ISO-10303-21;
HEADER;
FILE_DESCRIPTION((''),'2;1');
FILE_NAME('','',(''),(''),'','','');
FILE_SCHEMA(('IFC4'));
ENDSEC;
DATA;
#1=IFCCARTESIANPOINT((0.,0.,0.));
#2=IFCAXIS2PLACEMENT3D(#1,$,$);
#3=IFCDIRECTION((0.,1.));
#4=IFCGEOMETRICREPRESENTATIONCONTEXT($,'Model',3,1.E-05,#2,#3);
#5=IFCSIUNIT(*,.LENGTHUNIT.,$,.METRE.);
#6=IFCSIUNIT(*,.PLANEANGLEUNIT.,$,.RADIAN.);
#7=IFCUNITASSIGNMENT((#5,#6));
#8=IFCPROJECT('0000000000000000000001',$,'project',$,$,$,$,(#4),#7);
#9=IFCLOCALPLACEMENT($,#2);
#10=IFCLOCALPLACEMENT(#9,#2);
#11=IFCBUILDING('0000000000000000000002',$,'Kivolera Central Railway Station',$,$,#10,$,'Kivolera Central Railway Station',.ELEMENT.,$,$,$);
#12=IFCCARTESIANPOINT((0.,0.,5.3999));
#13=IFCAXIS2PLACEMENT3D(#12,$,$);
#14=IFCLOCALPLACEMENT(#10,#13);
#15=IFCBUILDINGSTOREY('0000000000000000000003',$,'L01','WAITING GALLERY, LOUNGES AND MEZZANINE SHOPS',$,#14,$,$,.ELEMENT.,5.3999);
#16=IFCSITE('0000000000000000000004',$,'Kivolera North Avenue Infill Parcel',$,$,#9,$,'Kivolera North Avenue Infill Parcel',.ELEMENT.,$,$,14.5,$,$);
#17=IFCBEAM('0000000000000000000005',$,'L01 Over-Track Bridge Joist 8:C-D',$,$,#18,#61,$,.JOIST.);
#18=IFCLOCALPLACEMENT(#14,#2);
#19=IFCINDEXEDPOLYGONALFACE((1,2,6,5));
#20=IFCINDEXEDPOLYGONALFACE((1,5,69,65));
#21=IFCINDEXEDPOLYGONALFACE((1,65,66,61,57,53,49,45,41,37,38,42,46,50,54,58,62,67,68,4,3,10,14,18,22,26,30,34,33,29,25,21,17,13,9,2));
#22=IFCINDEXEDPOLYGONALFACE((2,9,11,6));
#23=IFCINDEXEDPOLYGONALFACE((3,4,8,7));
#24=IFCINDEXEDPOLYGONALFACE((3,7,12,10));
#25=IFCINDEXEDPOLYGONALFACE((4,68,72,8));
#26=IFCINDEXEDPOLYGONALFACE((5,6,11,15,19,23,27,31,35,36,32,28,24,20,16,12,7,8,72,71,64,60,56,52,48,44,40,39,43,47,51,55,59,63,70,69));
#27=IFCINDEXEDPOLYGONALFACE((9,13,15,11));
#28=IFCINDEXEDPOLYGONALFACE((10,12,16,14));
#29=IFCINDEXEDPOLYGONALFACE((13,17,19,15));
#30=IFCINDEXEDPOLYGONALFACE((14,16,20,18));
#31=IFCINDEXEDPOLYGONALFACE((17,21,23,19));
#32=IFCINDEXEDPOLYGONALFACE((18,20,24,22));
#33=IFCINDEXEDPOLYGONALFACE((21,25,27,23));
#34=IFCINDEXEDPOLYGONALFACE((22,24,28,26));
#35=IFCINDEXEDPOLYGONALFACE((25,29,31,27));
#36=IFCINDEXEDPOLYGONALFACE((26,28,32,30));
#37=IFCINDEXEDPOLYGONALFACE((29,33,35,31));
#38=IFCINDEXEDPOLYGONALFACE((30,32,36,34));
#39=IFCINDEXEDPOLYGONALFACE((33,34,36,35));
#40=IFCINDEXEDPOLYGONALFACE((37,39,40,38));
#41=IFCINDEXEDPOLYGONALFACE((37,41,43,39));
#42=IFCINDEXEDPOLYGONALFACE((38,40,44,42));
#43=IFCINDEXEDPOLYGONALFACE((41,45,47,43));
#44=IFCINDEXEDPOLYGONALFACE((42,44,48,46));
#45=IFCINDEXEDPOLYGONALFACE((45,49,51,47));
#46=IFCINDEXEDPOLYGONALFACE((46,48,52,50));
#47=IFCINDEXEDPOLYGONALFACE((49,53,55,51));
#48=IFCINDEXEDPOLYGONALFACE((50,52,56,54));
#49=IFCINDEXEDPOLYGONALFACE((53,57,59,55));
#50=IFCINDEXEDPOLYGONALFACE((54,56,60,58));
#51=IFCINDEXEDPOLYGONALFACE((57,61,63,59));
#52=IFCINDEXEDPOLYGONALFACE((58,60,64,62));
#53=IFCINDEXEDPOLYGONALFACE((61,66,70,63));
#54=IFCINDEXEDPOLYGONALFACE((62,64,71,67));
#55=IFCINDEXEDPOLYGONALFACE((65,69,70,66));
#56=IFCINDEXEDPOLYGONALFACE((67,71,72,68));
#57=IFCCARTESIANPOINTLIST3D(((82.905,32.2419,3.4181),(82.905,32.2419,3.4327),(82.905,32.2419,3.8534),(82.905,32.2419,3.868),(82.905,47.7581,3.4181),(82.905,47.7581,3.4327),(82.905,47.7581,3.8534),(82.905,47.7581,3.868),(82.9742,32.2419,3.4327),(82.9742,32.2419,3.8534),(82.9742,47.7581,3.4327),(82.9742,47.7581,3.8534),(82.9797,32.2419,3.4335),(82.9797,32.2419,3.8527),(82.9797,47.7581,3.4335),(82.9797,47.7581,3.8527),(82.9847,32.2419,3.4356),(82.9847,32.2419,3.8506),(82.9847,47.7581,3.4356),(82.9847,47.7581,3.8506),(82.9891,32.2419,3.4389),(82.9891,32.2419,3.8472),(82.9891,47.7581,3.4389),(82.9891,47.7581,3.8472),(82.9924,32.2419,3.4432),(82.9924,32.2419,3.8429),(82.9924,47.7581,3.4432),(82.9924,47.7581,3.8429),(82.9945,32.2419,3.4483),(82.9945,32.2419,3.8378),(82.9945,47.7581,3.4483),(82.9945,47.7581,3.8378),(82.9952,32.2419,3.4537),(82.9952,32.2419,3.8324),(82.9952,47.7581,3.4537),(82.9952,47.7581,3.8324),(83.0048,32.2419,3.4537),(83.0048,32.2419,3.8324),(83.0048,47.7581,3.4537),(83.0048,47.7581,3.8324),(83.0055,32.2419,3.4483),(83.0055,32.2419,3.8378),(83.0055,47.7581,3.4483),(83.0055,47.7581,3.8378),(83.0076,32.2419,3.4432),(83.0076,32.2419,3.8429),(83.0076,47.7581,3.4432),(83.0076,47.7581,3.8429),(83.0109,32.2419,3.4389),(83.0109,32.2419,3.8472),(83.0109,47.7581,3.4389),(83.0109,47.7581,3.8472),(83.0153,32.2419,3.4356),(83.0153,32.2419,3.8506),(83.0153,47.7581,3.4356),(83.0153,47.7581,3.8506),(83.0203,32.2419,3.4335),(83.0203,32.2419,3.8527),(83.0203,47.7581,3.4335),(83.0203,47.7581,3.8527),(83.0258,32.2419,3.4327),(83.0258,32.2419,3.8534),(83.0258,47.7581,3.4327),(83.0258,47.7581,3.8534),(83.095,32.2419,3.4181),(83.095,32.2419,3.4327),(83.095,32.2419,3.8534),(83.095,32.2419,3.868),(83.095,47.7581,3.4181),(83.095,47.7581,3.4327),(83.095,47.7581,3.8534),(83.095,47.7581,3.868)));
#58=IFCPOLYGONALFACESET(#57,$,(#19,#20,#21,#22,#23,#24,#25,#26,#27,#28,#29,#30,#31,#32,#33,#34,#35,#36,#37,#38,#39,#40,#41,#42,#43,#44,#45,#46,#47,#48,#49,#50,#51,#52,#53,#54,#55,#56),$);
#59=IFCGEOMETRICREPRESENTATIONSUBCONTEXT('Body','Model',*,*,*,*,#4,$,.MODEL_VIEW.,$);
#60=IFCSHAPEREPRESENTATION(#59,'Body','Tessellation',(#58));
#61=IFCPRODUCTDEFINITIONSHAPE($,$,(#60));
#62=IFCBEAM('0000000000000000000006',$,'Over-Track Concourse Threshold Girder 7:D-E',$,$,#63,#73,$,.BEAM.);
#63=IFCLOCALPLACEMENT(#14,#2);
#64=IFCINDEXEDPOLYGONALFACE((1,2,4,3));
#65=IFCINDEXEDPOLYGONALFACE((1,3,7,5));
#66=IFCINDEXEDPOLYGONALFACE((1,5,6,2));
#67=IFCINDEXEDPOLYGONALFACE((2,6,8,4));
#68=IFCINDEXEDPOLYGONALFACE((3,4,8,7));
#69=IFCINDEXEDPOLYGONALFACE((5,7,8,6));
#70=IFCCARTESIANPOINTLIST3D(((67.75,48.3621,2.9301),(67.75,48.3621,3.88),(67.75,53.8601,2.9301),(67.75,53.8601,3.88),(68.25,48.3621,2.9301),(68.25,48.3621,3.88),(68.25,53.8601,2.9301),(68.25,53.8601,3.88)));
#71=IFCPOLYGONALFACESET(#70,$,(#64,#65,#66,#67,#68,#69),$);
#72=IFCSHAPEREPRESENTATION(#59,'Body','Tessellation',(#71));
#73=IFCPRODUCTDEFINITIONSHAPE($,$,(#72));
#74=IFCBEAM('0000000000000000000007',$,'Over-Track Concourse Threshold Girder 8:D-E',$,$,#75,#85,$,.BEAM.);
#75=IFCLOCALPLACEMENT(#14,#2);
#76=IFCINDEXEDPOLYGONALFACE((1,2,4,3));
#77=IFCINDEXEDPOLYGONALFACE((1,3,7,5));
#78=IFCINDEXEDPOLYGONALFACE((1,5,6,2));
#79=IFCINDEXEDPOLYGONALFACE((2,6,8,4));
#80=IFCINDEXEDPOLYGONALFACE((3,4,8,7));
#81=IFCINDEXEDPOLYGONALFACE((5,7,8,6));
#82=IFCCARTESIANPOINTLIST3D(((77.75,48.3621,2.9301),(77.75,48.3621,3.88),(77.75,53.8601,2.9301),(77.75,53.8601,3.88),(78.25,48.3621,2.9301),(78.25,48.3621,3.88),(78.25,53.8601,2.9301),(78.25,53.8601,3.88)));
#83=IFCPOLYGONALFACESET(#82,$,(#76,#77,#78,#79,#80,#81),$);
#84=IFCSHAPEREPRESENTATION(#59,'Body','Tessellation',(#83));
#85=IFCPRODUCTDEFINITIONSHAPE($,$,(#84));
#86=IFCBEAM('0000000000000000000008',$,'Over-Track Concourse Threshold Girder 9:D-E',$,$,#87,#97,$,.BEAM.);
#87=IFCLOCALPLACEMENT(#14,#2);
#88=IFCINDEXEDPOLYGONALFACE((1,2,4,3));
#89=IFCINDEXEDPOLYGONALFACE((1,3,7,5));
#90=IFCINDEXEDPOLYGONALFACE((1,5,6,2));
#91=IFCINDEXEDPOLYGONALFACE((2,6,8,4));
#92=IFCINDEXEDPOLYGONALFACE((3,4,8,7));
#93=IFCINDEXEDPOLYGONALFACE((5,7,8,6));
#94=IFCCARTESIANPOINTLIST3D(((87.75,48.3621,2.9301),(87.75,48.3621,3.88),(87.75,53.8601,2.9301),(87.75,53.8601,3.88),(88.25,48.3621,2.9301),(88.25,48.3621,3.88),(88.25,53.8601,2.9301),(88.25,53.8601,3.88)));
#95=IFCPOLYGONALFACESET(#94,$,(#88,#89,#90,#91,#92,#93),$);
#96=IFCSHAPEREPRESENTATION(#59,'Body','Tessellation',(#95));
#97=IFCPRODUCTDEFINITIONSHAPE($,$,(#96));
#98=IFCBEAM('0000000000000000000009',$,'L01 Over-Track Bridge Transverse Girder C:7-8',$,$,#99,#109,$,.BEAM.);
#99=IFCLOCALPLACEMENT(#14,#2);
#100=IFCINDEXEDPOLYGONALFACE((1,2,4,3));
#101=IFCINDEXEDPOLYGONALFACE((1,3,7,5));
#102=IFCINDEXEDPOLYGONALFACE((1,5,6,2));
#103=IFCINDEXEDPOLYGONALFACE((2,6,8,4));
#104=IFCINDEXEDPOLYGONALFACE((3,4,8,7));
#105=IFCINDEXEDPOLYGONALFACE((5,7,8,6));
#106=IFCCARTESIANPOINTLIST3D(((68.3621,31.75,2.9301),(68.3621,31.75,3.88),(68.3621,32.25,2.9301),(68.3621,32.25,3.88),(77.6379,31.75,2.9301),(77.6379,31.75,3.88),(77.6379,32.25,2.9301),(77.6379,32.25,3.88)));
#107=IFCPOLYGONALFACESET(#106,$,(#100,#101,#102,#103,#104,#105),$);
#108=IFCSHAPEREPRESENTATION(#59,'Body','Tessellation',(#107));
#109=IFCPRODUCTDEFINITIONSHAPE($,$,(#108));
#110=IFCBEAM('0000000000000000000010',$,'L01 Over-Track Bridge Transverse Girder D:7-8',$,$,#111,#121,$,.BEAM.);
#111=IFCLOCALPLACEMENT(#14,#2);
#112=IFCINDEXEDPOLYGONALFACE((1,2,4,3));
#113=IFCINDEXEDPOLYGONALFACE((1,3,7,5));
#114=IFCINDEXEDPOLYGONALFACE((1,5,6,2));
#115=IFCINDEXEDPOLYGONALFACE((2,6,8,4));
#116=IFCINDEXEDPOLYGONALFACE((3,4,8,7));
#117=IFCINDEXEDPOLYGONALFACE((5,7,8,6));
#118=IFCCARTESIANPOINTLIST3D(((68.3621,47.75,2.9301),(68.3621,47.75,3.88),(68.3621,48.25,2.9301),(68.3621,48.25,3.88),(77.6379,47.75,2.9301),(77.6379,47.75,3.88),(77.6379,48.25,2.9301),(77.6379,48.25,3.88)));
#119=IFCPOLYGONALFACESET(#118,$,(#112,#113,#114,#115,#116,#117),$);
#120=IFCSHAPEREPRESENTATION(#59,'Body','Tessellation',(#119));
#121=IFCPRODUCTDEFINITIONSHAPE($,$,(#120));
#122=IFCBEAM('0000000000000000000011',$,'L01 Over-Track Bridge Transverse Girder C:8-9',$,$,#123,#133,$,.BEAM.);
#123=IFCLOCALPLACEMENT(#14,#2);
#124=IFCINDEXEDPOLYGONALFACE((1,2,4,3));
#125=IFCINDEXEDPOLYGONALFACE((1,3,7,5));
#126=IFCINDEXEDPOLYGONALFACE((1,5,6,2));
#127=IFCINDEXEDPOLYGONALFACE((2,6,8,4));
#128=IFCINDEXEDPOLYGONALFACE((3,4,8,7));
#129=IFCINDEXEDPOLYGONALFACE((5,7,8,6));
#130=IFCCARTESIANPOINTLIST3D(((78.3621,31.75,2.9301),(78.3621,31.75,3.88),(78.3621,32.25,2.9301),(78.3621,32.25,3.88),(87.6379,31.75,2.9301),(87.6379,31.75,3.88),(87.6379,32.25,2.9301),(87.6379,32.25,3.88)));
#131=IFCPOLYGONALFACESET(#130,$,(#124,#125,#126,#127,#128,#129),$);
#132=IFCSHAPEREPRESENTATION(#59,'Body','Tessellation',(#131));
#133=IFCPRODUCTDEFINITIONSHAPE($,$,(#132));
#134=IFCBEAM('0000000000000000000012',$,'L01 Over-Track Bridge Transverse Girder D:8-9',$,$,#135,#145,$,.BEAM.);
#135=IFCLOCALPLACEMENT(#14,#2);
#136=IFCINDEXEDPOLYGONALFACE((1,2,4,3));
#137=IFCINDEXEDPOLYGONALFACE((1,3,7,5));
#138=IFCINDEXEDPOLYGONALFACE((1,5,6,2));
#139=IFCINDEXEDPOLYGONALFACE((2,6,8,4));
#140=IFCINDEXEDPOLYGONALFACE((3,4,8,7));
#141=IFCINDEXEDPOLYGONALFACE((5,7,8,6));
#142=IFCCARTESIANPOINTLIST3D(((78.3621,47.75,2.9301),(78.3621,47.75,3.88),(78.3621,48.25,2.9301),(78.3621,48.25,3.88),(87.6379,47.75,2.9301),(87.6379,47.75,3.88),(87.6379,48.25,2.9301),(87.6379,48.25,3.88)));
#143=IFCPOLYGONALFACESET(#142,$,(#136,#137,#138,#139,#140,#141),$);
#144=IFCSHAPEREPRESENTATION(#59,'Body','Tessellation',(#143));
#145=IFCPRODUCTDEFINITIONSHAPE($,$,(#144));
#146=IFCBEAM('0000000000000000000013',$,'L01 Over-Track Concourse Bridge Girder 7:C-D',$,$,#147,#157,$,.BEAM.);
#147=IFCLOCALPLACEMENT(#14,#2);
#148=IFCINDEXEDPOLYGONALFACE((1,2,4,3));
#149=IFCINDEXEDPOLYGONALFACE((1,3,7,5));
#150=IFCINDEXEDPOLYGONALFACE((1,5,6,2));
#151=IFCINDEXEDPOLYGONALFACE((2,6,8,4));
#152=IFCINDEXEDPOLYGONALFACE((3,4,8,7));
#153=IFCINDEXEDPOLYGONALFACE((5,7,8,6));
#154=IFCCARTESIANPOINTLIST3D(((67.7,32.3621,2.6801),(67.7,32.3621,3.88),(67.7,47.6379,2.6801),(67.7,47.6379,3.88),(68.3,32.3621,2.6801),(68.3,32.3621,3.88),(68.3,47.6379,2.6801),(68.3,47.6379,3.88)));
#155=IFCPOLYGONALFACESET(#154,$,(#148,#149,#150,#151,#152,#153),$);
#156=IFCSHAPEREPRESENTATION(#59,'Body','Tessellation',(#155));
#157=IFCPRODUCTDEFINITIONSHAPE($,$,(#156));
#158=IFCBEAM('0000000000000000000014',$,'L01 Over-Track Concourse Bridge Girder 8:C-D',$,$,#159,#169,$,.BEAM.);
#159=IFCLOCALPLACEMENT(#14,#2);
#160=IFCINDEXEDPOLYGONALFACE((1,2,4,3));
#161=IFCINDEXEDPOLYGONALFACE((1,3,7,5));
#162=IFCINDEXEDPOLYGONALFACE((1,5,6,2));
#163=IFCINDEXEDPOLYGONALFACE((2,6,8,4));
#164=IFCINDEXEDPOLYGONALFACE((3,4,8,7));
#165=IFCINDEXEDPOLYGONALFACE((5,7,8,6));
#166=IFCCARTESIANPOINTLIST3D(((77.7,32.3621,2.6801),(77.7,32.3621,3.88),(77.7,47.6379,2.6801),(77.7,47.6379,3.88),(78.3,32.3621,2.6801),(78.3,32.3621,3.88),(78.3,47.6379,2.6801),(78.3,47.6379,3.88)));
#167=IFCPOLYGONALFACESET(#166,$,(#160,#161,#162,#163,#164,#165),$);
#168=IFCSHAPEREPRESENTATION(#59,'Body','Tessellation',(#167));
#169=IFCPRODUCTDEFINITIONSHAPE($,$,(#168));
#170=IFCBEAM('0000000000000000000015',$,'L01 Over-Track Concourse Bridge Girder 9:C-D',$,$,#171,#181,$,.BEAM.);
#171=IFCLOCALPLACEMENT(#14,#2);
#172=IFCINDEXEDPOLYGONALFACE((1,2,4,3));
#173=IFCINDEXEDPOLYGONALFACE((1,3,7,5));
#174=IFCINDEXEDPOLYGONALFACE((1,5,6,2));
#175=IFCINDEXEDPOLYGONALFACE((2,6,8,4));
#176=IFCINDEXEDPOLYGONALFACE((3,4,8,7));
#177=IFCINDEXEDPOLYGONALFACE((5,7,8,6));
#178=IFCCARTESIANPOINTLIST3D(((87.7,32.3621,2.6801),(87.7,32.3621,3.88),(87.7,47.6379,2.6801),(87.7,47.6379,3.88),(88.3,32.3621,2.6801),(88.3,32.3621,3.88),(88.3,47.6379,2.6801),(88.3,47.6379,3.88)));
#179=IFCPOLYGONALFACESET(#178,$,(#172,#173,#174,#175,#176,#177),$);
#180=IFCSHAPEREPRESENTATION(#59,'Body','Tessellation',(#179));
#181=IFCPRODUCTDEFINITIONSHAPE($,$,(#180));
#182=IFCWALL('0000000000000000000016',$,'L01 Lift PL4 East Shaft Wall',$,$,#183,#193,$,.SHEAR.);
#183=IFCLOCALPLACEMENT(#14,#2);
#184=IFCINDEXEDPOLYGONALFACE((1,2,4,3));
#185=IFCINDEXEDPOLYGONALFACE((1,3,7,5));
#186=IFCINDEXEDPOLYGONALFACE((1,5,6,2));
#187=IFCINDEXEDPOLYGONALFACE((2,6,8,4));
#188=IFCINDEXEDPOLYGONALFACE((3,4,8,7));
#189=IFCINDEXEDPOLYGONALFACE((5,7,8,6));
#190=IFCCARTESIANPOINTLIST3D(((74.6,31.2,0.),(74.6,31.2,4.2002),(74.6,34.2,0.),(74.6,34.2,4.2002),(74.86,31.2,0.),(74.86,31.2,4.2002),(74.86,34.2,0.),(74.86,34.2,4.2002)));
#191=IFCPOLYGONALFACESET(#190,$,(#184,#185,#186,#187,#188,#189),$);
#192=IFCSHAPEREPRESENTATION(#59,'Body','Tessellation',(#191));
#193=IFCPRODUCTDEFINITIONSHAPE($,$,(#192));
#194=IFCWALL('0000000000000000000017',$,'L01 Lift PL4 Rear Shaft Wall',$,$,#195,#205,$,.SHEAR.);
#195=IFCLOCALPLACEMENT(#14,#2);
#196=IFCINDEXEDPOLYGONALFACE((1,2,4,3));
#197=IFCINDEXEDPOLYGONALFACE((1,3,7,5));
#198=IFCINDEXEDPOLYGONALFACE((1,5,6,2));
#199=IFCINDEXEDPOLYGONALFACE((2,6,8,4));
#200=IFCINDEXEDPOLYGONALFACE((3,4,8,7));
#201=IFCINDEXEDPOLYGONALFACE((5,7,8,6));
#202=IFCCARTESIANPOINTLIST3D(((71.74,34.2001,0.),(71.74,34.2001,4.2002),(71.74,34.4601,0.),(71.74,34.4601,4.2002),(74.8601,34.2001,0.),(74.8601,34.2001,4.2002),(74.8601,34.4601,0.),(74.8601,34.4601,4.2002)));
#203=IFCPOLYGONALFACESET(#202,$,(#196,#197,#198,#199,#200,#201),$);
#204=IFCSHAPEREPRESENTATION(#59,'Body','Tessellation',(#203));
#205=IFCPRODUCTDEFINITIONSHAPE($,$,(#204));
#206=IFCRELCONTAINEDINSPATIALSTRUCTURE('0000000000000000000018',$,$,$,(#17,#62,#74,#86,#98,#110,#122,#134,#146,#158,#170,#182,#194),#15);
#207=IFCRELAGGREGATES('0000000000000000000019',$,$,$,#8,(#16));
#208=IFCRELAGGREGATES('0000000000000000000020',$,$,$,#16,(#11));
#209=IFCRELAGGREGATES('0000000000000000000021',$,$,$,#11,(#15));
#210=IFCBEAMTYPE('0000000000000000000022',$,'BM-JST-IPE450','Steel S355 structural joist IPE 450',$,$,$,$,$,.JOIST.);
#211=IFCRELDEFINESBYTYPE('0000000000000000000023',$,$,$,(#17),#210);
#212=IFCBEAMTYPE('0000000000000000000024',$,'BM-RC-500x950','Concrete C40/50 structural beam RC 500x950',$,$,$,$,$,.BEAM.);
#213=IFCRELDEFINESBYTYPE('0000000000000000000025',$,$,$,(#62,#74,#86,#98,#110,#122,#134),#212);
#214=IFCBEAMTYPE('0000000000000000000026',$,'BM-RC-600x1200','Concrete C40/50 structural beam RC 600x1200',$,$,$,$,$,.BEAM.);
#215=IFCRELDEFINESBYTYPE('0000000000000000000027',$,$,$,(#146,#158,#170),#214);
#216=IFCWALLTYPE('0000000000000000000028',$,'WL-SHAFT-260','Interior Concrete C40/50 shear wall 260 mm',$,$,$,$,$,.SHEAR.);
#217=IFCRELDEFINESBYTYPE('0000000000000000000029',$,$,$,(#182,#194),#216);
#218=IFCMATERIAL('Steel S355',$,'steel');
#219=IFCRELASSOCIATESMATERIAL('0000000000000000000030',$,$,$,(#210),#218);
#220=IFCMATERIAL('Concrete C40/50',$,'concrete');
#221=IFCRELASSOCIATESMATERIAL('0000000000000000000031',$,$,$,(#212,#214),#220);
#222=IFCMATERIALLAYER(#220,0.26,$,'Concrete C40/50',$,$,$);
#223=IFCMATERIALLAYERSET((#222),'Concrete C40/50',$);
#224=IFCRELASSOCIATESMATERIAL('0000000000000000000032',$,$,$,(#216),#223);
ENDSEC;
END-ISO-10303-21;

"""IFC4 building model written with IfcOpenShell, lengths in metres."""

from ifc_helpers import new_model, si_unit, direction, frame, frame_2d, origin, origin_2d, place, context, subcontext, project, spatial, rectangle, i_section, extrude, material, layer, layer_set, material_profile, profile_set, type_object, element, save


model = new_model("IFC4")

# Units and contexts
model_context = context("Model", 3, precision=1e-05, world=origin(), true_north=direction((0.0, 1.0)))
body_context = subcontext(model_context, "Body", "Model", "MODEL_VIEW")
ifc_project = project(units=[si_unit("LENGTHUNIT", "METRE"), si_unit("PLANEANGLEUNIT", "RADIAN")], contexts=[model_context])

# Site, building, storey
site_placement = place(None, origin())
site = spatial("IfcSite", under=ifc_project, at=site_placement, Name="Kivolera North Avenue Infill Parcel", LongName="Kivolera North Avenue Infill Parcel", CompositionType="ELEMENT", RefElevation=14.5)
building_placement = place(site_placement, origin())
building = spatial("IfcBuilding", under=site, at=building_placement, Name="Kivolera Central Railway Station", LongName="Kivolera Central Railway Station", CompositionType="ELEMENT")
storey_placement = place(building_placement, frame((0.0, 0.0, 5.3999)))
storey = spatial("IfcBuildingStorey", under=building, at=storey_placement, Name="L01", Description="WAITING GALLERY, LOUNGES AND MEZZANINE SHOPS", CompositionType="ELEMENT", Elevation=5.3999)

# Shared definitions
ifc_material_1 = material(Name="Concrete C40/50", Category="concrete")
ifc_material_2 = material(Name="Steel S355", Category="steel")

# Beams
ifc_material_profile_1 = material_profile(ifc_material_2, i_section(OverallWidth=0.1899, OverallDepth=0.45, WebThickness=0.0095, FlangeThickness=0.0146, FilletRadius=0.021, at=origin_2d()), Name="IPE 450")
ifc_profile_set_1 = profile_set([ifc_material_profile_1], Name="Steel S355")
beam_type_1 = type_object("IfcBeamType", Name="BM-JST-IPE450", Description="Steel S355 structural joist IPE 450", PredefinedType="JOIST", material=ifc_profile_set_1)
for number, where, z_axis, x_axis, name in (
    (1, (83.0, 32.2419, 3.6431), (0.0, 1.0, 0.0), (-1.0, 0.0, 0.0), "L01 Over-Track Bridge Joist 8:C-D"),
):
    element("IfcBeam", number, at=place(storey_placement, frame(where, z_axis=z_axis, x_axis=x_axis)), inside=storey, type_object=beam_type_1, Name=name, PredefinedType="JOIST", context=body_context, shape_type="SweptSolid", body=[
        extrude(i_section(OverallWidth=0.1899, OverallDepth=0.45, WebThickness=0.0095, FlangeThickness=0.0146, FilletRadius=0.021, at=origin_2d()), origin(), (0.0, 0.0, 1.0), 15.5161),
    ])
ifc_material_profile_2 = material_profile(ifc_material_1, rectangle(XDim=0.5, YDim=0.95, at=origin_2d()), Name="RC 500x950")
ifc_profile_set_2 = profile_set([ifc_material_profile_2], Name="Concrete C40/50")
beam_type_2 = type_object("IfcBeamType", Name="BM-RC-500x950", Description="Concrete C40/50 structural beam RC 500x950", PredefinedType="BEAM", material=ifc_profile_set_2)
for number, where, z_axis, x_axis, name in (
    (2, (68.0, 48.3621, 3.405), (0.0, 1.0, 0.0), (-1.0, 0.0, 0.0), "Over-Track Concourse Threshold Girder 7:D-E"),
    (3, (78.0, 48.3621, 3.405), (0.0, 1.0, 0.0), (-1.0, 0.0, 0.0), "Over-Track Concourse Threshold Girder 8:D-E"),
    (4, (88.0, 48.3621, 3.405), (0.0, 1.0, 0.0), (-1.0, 0.0, 0.0), "Over-Track Concourse Threshold Girder 9:D-E"),
):
    element("IfcBeam", number, at=place(storey_placement, frame(where, z_axis=z_axis, x_axis=x_axis)), inside=storey, type_object=beam_type_2, Name=name, PredefinedType="BEAM", context=body_context, shape_type="SweptSolid", body=[
        extrude(rectangle(XDim=0.5, YDim=0.95, at=origin_2d()), origin(), (0.0, 0.0, 1.0), 5.498),
    ])
for number, where, z_axis, x_axis, name in (
    (5, (68.3621, 32.0, 3.405), (1.0, 0.0, 0.0), (0.0, 1.0, 0.0), "L01 Over-Track Bridge Transverse Girder C:7-8"),
    (6, (68.3621, 48.0, 3.405), (1.0, 0.0, 0.0), (0.0, 1.0, 0.0), "L01 Over-Track Bridge Transverse Girder D:7-8"),
    (7, (78.3621, 32.0, 3.405), (1.0, 0.0, 0.0), (0.0, 1.0, 0.0), "L01 Over-Track Bridge Transverse Girder C:8-9"),
    (8, (78.3621, 48.0, 3.405), (1.0, 0.0, 0.0), (0.0, 1.0, 0.0), "L01 Over-Track Bridge Transverse Girder D:8-9"),
):
    element("IfcBeam", number, at=place(storey_placement, frame(where, z_axis=z_axis, x_axis=x_axis)), inside=storey, type_object=beam_type_2, Name=name, PredefinedType="BEAM", context=body_context, shape_type="SweptSolid", body=[
        extrude(rectangle(XDim=0.5, YDim=0.95, at=origin_2d()), origin(), (0.0, 0.0, 1.0), 9.2759),
    ])
ifc_material_profile_3 = material_profile(ifc_material_1, rectangle(XDim=0.6001, YDim=1.2, at=origin_2d()), Name="RC 600x1200")
ifc_profile_set_3 = profile_set([ifc_material_profile_3], Name="Concrete C40/50")
beam_type_3 = type_object("IfcBeamType", Name="BM-RC-600x1200", Description="Concrete C40/50 structural beam RC 600x1200", PredefinedType="BEAM", material=ifc_profile_set_3)
for number, where, z_axis, x_axis, name in (
    (9, (68.0, 32.3621, 3.28), (0.0, 1.0, 0.0), (-1.0, 0.0, 0.0), "L01 Over-Track Concourse Bridge Girder 7:C-D"),
    (10, (78.0, 32.3621, 3.28), (0.0, 1.0, 0.0), (-1.0, 0.0, 0.0), "L01 Over-Track Concourse Bridge Girder 8:C-D"),
    (11, (88.0, 32.3621, 3.28), (0.0, 1.0, 0.0), (-1.0, 0.0, 0.0), "L01 Over-Track Concourse Bridge Girder 9:C-D"),
):
    element("IfcBeam", number, at=place(storey_placement, frame(where, z_axis=z_axis, x_axis=x_axis)), inside=storey, type_object=beam_type_3, Name=name, PredefinedType="BEAM", context=body_context, shape_type="SweptSolid", body=[
        extrude(rectangle(XDim=0.6001, YDim=1.2, at=origin_2d()), origin(), (0.0, 0.0, 1.0), 15.2759),
    ])

# Walls
ifc_layer_1 = layer(ifc_material_1, 0.26, Name="Concrete C40/50")
ifc_layer_set_1 = layer_set([ifc_layer_1], Name="Concrete C40/50")
wall_type = type_object("IfcWallType", Name="WL-SHAFT-260", Description="Interior Concrete C40/50 shear wall 260 mm", PredefinedType="SHEAR", material=ifc_layer_set_1)
wall_1_placement = place(storey_placement, frame((74.73, 31.2, 0.0), z_axis=(0.0, 0.0, 1.0), x_axis=(0.0, 1.0, 0.0)))
element("IfcWall", 12, at=wall_1_placement, inside=storey, type_object=wall_type, Name="L01 Lift PL4 East Shaft Wall", PredefinedType="SHEAR", context=body_context, shape_type="SweptSolid", body=[
    extrude(rectangle(XDim=3.0, YDim=0.26, at=frame_2d((1.5, 0.0))), origin(), (0.0, 0.0, 1.0), 4.2002),
])
wall_2_placement = place(storey_placement, frame((71.74, 34.3301, 0.0), z_axis=(0.0, 0.0, 1.0), x_axis=(1.0, 0.0, 0.0)))
element("IfcWall", 13, at=wall_2_placement, inside=storey, type_object=wall_type, Name="L01 Lift PL4 Rear Shaft Wall", PredefinedType="SHEAR", context=body_context, shape_type="SweptSolid", body=[
    extrude(rectangle(XDim=3.1201, YDim=0.26, at=frame_2d((1.5601, 0.0))), origin(), (0.0, 0.0, 1.0), 4.2002),
])

save(model, "model.ifc")
